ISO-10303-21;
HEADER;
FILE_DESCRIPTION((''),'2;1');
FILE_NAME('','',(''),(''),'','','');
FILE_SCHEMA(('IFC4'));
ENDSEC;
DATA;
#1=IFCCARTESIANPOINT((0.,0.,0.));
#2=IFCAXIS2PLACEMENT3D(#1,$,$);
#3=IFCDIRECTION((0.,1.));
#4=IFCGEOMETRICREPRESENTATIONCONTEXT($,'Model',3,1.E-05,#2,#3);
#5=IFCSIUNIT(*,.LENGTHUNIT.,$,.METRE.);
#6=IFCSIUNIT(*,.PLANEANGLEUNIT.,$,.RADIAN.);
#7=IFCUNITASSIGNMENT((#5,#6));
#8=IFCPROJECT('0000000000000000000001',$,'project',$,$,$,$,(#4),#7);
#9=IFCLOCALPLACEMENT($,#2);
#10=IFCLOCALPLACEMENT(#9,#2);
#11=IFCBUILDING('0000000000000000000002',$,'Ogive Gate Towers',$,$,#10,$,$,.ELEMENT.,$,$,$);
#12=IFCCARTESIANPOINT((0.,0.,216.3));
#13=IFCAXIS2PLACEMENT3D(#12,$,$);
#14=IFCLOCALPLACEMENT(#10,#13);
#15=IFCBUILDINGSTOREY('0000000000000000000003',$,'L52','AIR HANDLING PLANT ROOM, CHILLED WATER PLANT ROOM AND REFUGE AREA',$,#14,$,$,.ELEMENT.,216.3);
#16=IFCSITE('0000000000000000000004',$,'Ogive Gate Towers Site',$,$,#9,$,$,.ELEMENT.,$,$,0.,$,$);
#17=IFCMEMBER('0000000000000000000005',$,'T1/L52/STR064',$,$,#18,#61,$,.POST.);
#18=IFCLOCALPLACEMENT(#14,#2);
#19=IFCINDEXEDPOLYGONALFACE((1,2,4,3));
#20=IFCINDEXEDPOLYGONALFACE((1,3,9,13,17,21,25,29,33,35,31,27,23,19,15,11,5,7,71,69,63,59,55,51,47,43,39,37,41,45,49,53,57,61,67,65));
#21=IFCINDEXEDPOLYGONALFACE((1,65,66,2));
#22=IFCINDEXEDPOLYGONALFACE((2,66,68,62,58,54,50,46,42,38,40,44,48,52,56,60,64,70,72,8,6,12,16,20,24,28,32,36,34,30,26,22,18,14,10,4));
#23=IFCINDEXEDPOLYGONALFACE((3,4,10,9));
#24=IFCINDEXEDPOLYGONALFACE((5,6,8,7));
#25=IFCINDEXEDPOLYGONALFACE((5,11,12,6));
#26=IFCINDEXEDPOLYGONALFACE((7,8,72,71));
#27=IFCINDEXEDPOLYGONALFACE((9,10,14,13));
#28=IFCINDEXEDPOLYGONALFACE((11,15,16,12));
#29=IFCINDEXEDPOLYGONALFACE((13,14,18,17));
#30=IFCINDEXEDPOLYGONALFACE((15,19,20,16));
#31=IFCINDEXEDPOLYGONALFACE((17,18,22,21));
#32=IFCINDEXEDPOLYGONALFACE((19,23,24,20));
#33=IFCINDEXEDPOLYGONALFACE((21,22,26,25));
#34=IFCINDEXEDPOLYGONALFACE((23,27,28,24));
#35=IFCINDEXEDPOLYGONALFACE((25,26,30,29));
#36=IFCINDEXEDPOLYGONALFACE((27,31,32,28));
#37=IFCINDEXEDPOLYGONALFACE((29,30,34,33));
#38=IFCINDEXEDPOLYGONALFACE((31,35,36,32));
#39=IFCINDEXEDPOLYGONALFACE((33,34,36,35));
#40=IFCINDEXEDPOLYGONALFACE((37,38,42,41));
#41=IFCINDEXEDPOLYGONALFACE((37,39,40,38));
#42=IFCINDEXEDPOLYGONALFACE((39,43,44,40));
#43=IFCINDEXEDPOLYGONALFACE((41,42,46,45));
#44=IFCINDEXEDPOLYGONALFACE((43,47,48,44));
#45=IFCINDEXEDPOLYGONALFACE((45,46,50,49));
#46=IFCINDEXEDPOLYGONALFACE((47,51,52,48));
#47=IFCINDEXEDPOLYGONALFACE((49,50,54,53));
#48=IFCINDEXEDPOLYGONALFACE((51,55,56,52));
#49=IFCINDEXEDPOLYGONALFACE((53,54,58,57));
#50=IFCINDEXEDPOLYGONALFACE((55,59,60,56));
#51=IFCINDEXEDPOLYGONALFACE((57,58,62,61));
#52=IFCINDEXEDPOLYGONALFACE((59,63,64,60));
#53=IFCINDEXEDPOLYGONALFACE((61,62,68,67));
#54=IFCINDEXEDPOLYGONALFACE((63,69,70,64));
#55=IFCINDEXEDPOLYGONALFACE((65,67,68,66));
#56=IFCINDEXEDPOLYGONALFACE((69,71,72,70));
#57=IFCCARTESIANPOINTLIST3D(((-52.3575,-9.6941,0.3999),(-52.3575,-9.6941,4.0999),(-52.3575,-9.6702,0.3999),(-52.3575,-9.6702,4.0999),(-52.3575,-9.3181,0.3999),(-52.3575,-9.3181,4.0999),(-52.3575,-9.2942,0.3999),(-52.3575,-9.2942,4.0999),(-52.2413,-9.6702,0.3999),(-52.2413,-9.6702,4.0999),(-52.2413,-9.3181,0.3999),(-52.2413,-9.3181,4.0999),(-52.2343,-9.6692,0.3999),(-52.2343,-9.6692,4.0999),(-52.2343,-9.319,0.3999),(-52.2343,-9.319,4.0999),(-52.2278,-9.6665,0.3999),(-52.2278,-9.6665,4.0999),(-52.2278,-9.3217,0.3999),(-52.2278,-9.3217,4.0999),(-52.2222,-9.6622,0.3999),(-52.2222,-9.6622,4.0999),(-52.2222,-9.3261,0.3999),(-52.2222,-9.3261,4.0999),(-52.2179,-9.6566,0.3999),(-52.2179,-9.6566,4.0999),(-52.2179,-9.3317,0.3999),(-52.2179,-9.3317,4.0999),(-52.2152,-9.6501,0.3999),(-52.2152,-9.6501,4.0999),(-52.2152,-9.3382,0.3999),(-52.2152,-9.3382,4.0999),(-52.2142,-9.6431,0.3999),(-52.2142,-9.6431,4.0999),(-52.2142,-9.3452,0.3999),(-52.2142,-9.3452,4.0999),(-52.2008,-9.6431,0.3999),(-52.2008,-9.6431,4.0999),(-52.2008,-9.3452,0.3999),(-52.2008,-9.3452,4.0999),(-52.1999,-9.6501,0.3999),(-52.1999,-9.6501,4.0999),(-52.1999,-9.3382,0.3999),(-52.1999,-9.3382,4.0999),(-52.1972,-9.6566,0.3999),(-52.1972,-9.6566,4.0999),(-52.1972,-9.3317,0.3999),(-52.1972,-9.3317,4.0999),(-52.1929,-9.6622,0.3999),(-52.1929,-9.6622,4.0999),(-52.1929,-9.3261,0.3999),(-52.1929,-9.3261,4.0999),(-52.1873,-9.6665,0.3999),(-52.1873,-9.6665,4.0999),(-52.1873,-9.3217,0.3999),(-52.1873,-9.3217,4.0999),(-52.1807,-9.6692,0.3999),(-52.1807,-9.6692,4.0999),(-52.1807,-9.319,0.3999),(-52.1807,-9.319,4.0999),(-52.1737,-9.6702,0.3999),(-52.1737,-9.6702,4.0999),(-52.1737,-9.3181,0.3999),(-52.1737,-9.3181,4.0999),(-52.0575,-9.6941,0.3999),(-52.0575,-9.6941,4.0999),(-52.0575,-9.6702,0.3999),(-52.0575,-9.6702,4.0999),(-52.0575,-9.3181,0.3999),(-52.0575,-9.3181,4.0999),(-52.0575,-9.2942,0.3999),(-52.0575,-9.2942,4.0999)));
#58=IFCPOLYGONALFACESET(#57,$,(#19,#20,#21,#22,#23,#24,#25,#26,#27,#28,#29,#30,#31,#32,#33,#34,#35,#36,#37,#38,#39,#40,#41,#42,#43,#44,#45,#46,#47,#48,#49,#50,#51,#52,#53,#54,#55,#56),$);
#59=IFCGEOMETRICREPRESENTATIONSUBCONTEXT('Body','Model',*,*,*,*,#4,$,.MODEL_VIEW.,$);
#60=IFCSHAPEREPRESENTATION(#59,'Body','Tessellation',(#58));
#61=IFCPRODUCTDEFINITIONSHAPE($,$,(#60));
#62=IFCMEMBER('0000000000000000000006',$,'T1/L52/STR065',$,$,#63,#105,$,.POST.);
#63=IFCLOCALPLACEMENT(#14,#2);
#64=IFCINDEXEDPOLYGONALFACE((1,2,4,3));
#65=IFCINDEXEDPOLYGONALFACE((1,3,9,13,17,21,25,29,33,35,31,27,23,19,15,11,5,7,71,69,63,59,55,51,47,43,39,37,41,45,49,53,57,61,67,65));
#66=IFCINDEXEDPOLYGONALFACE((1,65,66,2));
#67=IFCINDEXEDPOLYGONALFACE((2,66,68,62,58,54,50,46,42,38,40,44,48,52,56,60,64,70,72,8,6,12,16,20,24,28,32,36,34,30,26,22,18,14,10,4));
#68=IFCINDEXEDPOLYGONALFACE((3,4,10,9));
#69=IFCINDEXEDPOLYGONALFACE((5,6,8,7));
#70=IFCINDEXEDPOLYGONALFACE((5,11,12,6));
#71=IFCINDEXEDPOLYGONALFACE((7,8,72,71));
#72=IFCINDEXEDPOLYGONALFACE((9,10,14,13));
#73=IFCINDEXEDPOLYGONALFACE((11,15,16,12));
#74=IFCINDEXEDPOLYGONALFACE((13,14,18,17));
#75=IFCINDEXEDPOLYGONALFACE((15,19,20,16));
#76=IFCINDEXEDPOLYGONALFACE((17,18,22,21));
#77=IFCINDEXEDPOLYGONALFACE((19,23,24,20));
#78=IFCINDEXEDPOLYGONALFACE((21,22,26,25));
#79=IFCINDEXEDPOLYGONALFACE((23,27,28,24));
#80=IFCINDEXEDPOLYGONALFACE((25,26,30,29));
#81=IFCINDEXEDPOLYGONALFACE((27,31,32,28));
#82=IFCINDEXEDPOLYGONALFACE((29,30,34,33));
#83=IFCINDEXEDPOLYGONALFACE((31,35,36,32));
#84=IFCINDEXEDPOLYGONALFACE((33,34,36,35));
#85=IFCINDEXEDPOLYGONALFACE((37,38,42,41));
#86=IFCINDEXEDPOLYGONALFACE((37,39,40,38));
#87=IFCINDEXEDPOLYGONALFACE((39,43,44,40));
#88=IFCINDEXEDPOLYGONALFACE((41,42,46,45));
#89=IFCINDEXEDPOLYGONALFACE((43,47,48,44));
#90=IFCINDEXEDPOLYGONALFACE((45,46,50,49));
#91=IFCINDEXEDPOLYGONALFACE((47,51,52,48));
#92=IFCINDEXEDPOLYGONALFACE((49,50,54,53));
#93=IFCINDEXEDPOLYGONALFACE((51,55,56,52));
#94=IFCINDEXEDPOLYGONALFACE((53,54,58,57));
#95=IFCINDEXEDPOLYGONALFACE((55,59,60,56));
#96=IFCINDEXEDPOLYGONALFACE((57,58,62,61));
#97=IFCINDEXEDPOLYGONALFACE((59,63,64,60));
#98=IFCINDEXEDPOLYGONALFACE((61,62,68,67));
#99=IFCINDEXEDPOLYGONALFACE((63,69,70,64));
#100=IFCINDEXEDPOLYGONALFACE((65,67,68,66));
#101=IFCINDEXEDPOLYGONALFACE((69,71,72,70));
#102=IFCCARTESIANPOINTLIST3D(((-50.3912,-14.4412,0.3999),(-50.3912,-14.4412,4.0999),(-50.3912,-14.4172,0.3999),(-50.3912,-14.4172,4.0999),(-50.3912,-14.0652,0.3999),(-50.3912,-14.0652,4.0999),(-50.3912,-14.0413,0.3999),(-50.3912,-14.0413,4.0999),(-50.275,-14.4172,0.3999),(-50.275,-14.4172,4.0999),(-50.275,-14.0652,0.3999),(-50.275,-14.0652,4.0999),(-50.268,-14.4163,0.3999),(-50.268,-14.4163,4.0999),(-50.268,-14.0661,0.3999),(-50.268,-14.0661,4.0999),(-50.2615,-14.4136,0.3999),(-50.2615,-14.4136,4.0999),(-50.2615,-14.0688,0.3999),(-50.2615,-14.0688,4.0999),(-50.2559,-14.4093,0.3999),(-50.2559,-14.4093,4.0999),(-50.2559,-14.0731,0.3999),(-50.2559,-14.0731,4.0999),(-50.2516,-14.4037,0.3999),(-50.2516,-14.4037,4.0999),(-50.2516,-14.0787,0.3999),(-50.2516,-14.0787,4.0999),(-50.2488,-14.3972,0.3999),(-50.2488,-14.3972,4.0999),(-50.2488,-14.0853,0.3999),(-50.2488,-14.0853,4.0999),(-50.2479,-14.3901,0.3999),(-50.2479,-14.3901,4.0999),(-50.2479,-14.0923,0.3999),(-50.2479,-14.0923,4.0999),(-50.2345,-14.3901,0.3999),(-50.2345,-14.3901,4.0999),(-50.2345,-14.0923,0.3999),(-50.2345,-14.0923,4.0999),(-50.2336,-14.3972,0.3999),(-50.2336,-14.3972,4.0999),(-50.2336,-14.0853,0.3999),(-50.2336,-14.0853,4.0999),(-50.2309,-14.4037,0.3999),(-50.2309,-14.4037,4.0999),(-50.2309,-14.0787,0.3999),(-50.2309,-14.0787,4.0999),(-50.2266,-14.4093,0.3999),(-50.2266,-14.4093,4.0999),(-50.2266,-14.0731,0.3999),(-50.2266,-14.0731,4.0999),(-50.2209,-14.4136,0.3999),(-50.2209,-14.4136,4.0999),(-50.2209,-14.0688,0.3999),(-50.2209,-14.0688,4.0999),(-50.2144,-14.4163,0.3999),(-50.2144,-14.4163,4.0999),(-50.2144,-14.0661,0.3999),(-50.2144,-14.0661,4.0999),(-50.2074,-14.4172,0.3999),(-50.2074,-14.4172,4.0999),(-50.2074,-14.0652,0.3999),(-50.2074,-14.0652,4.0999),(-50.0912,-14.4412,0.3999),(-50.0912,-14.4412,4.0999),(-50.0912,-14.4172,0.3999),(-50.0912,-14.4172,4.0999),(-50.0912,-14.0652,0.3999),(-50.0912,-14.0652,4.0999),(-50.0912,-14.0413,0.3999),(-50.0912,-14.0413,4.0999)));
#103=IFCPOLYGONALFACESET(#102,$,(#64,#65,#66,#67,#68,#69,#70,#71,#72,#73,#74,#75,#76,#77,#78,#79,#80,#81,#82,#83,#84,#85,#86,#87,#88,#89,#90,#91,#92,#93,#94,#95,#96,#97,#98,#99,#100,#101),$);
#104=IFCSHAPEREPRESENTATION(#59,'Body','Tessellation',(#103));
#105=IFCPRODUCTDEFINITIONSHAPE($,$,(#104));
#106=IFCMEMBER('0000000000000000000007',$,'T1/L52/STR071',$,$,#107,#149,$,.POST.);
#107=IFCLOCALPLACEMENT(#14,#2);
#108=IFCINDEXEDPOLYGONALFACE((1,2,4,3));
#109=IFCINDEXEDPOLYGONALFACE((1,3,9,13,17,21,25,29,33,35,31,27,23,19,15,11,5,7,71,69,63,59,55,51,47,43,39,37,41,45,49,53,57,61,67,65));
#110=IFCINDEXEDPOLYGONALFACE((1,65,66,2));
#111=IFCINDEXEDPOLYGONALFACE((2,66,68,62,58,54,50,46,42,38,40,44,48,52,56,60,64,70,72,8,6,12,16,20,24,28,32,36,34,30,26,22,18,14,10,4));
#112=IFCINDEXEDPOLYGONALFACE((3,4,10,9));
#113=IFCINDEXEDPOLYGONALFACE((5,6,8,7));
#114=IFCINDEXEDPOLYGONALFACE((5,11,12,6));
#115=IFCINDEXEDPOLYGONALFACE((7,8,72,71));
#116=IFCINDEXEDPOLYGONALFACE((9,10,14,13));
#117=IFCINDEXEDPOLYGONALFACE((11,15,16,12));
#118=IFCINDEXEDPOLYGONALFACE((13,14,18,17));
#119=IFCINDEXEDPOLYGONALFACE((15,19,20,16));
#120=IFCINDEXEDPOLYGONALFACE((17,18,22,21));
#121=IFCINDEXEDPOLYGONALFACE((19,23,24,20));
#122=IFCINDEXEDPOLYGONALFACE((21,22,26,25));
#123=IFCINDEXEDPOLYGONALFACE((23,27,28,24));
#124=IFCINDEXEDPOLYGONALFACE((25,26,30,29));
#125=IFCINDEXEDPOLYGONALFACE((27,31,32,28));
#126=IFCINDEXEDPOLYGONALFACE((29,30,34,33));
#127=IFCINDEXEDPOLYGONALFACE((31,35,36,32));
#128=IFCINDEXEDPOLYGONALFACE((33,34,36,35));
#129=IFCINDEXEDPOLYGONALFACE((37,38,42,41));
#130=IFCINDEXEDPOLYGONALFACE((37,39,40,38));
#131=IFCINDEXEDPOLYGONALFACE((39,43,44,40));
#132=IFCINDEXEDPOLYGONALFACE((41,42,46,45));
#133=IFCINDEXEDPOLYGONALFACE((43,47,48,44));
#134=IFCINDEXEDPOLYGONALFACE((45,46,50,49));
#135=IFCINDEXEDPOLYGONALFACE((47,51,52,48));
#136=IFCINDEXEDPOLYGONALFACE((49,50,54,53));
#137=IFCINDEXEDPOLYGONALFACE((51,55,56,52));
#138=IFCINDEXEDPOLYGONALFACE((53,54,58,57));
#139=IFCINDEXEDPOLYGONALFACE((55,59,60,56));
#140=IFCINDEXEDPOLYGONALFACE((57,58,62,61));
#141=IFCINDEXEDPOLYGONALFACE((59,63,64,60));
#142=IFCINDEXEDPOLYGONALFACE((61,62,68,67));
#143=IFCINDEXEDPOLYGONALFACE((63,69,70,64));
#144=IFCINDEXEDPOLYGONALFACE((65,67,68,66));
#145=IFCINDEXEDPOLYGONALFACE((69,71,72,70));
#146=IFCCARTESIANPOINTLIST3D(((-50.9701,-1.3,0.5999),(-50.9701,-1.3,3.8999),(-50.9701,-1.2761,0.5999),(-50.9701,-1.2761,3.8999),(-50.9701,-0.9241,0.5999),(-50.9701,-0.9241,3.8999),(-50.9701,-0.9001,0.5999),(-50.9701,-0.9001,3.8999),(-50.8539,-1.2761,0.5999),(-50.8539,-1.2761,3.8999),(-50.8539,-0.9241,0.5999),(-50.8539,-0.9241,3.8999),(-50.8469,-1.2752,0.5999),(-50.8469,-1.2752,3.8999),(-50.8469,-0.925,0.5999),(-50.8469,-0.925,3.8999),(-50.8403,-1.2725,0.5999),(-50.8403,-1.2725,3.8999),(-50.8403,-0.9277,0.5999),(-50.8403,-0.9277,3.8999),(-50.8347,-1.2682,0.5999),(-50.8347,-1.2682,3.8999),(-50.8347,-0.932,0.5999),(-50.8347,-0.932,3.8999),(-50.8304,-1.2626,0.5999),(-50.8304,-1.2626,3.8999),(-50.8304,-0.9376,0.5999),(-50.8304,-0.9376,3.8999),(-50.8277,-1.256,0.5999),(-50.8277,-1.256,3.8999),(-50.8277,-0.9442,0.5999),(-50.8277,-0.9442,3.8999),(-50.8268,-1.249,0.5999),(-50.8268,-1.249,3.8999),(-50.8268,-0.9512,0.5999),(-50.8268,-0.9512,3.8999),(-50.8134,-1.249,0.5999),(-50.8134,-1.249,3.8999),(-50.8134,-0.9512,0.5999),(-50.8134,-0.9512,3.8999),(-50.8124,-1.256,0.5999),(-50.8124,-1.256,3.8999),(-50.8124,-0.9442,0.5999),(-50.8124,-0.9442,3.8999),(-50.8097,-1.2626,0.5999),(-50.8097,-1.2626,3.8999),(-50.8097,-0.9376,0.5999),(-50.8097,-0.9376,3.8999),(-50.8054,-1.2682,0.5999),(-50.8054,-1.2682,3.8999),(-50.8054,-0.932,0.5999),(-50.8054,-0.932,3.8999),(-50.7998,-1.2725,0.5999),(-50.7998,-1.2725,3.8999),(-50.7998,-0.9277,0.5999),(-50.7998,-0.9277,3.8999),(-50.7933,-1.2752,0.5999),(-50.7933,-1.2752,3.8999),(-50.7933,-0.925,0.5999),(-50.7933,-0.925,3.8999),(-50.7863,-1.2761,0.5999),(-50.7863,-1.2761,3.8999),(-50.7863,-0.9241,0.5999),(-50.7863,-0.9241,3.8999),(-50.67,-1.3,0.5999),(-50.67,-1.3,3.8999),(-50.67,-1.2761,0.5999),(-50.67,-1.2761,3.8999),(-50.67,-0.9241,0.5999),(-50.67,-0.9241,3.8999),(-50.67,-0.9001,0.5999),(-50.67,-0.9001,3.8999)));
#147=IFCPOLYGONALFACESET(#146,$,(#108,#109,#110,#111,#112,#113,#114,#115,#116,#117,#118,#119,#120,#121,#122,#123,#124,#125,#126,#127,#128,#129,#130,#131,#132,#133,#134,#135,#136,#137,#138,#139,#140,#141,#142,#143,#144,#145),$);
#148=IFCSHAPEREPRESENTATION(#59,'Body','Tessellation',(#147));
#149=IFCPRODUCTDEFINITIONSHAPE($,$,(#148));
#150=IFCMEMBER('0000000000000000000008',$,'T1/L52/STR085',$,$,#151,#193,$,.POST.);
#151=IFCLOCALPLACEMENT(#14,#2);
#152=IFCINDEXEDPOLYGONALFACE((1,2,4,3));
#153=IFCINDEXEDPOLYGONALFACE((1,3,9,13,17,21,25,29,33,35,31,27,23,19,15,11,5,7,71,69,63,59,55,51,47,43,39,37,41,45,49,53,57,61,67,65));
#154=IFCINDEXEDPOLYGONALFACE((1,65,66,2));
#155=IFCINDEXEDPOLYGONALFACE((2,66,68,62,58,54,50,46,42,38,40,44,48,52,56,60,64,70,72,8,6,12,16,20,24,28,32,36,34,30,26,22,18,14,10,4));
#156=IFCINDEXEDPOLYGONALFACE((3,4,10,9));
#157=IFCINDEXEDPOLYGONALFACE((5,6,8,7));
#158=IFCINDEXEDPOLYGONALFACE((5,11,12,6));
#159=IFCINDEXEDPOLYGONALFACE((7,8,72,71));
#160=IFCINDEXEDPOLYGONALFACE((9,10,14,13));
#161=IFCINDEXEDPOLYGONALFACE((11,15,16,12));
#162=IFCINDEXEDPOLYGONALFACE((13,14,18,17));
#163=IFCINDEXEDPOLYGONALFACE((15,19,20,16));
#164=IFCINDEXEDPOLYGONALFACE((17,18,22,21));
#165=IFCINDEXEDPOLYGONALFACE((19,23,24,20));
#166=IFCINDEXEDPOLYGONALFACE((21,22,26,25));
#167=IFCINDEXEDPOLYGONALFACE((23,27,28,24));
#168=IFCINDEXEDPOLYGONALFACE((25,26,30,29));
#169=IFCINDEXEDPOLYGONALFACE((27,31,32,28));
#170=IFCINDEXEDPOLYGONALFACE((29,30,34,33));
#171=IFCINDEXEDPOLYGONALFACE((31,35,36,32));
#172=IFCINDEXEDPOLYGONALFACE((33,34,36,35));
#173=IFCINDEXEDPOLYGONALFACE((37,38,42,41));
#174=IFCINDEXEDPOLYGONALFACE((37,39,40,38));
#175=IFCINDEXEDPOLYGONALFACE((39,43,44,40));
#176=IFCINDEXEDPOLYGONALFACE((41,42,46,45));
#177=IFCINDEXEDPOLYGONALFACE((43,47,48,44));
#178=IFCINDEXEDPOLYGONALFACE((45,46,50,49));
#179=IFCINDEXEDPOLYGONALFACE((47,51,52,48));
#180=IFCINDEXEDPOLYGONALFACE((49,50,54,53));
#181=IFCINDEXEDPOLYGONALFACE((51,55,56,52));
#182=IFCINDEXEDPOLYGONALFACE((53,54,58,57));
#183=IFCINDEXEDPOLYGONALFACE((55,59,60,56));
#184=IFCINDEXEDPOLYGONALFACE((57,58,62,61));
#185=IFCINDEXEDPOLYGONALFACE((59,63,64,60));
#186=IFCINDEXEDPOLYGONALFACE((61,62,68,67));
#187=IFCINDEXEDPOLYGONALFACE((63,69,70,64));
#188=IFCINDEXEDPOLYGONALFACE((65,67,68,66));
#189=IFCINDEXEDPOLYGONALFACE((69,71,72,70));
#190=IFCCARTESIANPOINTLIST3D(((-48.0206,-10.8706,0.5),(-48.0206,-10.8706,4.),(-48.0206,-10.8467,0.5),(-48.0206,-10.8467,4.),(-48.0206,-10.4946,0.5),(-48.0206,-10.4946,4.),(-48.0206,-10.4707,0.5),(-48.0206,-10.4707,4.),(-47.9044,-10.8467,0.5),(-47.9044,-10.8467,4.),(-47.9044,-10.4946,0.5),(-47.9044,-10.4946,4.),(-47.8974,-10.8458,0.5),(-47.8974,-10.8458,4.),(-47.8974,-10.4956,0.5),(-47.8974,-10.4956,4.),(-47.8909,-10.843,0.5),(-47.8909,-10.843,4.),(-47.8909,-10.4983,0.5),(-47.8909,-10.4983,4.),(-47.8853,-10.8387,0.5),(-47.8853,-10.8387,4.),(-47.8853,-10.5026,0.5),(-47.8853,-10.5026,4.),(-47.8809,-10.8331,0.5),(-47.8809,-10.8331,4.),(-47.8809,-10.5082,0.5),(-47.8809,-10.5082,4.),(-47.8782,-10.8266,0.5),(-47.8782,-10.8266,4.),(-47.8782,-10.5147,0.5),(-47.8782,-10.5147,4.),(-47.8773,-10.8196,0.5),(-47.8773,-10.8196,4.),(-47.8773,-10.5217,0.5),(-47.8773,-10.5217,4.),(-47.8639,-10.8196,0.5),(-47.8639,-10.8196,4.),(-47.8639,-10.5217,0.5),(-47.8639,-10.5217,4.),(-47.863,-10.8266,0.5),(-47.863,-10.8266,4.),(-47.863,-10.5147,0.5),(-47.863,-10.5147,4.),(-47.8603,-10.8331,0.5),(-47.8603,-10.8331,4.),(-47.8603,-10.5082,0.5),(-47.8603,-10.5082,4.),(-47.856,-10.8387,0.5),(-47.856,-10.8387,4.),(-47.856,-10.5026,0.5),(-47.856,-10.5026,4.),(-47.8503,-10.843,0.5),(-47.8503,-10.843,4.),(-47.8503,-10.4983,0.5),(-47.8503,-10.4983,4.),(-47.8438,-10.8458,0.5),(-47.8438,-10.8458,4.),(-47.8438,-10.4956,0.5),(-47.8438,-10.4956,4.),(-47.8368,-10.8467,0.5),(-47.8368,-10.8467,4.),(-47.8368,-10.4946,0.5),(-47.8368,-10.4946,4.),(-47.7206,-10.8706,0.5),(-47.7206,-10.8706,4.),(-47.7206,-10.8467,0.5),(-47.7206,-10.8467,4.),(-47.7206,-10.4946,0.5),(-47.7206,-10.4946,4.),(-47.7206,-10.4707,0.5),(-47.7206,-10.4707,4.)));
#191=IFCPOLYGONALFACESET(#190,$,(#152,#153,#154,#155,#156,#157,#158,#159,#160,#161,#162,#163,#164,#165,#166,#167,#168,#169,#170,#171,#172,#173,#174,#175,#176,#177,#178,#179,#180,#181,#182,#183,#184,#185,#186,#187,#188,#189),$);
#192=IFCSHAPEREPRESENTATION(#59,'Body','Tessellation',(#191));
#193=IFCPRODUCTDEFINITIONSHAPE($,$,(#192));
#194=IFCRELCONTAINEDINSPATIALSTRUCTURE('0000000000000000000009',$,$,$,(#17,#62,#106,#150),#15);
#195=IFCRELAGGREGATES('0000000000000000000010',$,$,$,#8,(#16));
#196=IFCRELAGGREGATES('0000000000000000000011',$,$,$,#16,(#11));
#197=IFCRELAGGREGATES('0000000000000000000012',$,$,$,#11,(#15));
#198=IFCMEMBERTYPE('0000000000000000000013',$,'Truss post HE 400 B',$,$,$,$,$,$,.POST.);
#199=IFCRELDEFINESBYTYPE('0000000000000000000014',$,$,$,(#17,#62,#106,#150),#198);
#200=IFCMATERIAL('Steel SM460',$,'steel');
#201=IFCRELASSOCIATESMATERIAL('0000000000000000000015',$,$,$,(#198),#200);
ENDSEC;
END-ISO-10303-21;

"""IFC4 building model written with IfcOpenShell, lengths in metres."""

from ifc_helpers import new_model, si_unit, direction, frame, origin, origin_2d, place, context, subcontext, project, spatial, i_section, extrude, material, material_profile, profile_set, type_object, element, save


model = new_model("IFC4")

# Units and contexts
model_context = context("Model", 3, precision=1e-05, world=origin(), true_north=direction((0.0, 1.0)))
body_context = subcontext(model_context, "Body", "Model", "MODEL_VIEW")
ifc_project = project(units=[si_unit("LENGTHUNIT", "METRE"), si_unit("PLANEANGLEUNIT", "RADIAN")], contexts=[model_context])

# Site, building, storey
site_placement = place(None, origin())
site = spatial("IfcSite", under=ifc_project, at=site_placement, Name="Ogive Gate Towers Site", CompositionType="ELEMENT", RefElevation=0.0)
building_placement = place(site_placement, origin())
building = spatial("IfcBuilding", under=site, at=building_placement, Name="Ogive Gate Towers", CompositionType="ELEMENT")
storey_placement = place(building_placement, frame((0.0, 0.0, 216.3)))
storey = spatial("IfcBuildingStorey", under=building, at=storey_placement, Name="L52", Description="AIR HANDLING PLANT ROOM, CHILLED WATER PLANT ROOM AND REFUGE AREA", CompositionType="ELEMENT", Elevation=216.3)

# Shared definitions
ifc_material_1 = material(Name="Steel SM460", Category="steel")

# Members
ifc_material_profile_1 = material_profile(ifc_material_1, i_section(OverallWidth=0.3, OverallDepth=0.3999, WebThickness=0.0134, FlangeThickness=0.0239, FilletRadius=0.0271, at=origin_2d()), Name="HE 400 B")
ifc_profile_set_1 = profile_set([ifc_material_profile_1], Name="Steel SM460")
member_type_1 = type_object("IfcMemberType", Name="Truss post HE 400 B", PredefinedType="POST", material=ifc_profile_set_1)
for number, where, z_axis, x_axis, name in (
    (1, (-52.2075, -9.4941, 0.3999), (0.0, 0.0, 1.0), (1.0, 0.0, 0.0), "T1/L52/STR064"),
    (2, (-50.2412, -14.2412, 0.3999), (0.0, 0.0, 1.0), (1.0, 0.0, 0.0), "T1/L52/STR065"),
):
    element("IfcMember", number, at=place(storey_placement, frame(where, z_axis=z_axis, x_axis=x_axis)), inside=storey, type_object=member_type_1, Name=name, PredefinedType="POST", context=body_context, shape_type="SweptSolid", body=[
        extrude(i_section(OverallWidth=0.3, OverallDepth=0.3999, WebThickness=0.0134, FlangeThickness=0.0239, FilletRadius=0.0271, at=origin_2d()), origin(), (0.0, 0.0, 1.0), 3.7),
    ])
member_1_placement = place(storey_placement, frame((-50.8201, -1.1001, 0.5999), z_axis=(0.0, 0.0, 1.0), x_axis=(1.0, 0.0, 0.0)))
element("IfcMember", 3, at=member_1_placement, inside=storey, type_object=member_type_1, Name="T1/L52/STR071", PredefinedType="POST", context=body_context, shape_type="SweptSolid", body=[
    extrude(i_section(OverallWidth=0.3, OverallDepth=0.3999, WebThickness=0.0134, FlangeThickness=0.0239, FilletRadius=0.0271, at=origin_2d()), origin(), (0.0, 0.0, 1.0), 3.3),
])
member_2_placement = place(storey_placement, frame((-47.8706, -10.6707, 0.5), z_axis=(0.0, 0.0, 1.0), x_axis=(1.0, 0.0, 0.0)))
element("IfcMember", 4, at=member_2_placement, inside=storey, type_object=member_type_1, Name="T1/L52/STR085", PredefinedType="POST", context=body_context, shape_type="SweptSolid", body=[
    extrude(i_section(OverallWidth=0.3, OverallDepth=0.3999, WebThickness=0.0134, FlangeThickness=0.0239, FilletRadius=0.0271, at=origin_2d()), origin(), (0.0, 0.0, 1.0), 3.5),
])

save(model, "model.ifc")
